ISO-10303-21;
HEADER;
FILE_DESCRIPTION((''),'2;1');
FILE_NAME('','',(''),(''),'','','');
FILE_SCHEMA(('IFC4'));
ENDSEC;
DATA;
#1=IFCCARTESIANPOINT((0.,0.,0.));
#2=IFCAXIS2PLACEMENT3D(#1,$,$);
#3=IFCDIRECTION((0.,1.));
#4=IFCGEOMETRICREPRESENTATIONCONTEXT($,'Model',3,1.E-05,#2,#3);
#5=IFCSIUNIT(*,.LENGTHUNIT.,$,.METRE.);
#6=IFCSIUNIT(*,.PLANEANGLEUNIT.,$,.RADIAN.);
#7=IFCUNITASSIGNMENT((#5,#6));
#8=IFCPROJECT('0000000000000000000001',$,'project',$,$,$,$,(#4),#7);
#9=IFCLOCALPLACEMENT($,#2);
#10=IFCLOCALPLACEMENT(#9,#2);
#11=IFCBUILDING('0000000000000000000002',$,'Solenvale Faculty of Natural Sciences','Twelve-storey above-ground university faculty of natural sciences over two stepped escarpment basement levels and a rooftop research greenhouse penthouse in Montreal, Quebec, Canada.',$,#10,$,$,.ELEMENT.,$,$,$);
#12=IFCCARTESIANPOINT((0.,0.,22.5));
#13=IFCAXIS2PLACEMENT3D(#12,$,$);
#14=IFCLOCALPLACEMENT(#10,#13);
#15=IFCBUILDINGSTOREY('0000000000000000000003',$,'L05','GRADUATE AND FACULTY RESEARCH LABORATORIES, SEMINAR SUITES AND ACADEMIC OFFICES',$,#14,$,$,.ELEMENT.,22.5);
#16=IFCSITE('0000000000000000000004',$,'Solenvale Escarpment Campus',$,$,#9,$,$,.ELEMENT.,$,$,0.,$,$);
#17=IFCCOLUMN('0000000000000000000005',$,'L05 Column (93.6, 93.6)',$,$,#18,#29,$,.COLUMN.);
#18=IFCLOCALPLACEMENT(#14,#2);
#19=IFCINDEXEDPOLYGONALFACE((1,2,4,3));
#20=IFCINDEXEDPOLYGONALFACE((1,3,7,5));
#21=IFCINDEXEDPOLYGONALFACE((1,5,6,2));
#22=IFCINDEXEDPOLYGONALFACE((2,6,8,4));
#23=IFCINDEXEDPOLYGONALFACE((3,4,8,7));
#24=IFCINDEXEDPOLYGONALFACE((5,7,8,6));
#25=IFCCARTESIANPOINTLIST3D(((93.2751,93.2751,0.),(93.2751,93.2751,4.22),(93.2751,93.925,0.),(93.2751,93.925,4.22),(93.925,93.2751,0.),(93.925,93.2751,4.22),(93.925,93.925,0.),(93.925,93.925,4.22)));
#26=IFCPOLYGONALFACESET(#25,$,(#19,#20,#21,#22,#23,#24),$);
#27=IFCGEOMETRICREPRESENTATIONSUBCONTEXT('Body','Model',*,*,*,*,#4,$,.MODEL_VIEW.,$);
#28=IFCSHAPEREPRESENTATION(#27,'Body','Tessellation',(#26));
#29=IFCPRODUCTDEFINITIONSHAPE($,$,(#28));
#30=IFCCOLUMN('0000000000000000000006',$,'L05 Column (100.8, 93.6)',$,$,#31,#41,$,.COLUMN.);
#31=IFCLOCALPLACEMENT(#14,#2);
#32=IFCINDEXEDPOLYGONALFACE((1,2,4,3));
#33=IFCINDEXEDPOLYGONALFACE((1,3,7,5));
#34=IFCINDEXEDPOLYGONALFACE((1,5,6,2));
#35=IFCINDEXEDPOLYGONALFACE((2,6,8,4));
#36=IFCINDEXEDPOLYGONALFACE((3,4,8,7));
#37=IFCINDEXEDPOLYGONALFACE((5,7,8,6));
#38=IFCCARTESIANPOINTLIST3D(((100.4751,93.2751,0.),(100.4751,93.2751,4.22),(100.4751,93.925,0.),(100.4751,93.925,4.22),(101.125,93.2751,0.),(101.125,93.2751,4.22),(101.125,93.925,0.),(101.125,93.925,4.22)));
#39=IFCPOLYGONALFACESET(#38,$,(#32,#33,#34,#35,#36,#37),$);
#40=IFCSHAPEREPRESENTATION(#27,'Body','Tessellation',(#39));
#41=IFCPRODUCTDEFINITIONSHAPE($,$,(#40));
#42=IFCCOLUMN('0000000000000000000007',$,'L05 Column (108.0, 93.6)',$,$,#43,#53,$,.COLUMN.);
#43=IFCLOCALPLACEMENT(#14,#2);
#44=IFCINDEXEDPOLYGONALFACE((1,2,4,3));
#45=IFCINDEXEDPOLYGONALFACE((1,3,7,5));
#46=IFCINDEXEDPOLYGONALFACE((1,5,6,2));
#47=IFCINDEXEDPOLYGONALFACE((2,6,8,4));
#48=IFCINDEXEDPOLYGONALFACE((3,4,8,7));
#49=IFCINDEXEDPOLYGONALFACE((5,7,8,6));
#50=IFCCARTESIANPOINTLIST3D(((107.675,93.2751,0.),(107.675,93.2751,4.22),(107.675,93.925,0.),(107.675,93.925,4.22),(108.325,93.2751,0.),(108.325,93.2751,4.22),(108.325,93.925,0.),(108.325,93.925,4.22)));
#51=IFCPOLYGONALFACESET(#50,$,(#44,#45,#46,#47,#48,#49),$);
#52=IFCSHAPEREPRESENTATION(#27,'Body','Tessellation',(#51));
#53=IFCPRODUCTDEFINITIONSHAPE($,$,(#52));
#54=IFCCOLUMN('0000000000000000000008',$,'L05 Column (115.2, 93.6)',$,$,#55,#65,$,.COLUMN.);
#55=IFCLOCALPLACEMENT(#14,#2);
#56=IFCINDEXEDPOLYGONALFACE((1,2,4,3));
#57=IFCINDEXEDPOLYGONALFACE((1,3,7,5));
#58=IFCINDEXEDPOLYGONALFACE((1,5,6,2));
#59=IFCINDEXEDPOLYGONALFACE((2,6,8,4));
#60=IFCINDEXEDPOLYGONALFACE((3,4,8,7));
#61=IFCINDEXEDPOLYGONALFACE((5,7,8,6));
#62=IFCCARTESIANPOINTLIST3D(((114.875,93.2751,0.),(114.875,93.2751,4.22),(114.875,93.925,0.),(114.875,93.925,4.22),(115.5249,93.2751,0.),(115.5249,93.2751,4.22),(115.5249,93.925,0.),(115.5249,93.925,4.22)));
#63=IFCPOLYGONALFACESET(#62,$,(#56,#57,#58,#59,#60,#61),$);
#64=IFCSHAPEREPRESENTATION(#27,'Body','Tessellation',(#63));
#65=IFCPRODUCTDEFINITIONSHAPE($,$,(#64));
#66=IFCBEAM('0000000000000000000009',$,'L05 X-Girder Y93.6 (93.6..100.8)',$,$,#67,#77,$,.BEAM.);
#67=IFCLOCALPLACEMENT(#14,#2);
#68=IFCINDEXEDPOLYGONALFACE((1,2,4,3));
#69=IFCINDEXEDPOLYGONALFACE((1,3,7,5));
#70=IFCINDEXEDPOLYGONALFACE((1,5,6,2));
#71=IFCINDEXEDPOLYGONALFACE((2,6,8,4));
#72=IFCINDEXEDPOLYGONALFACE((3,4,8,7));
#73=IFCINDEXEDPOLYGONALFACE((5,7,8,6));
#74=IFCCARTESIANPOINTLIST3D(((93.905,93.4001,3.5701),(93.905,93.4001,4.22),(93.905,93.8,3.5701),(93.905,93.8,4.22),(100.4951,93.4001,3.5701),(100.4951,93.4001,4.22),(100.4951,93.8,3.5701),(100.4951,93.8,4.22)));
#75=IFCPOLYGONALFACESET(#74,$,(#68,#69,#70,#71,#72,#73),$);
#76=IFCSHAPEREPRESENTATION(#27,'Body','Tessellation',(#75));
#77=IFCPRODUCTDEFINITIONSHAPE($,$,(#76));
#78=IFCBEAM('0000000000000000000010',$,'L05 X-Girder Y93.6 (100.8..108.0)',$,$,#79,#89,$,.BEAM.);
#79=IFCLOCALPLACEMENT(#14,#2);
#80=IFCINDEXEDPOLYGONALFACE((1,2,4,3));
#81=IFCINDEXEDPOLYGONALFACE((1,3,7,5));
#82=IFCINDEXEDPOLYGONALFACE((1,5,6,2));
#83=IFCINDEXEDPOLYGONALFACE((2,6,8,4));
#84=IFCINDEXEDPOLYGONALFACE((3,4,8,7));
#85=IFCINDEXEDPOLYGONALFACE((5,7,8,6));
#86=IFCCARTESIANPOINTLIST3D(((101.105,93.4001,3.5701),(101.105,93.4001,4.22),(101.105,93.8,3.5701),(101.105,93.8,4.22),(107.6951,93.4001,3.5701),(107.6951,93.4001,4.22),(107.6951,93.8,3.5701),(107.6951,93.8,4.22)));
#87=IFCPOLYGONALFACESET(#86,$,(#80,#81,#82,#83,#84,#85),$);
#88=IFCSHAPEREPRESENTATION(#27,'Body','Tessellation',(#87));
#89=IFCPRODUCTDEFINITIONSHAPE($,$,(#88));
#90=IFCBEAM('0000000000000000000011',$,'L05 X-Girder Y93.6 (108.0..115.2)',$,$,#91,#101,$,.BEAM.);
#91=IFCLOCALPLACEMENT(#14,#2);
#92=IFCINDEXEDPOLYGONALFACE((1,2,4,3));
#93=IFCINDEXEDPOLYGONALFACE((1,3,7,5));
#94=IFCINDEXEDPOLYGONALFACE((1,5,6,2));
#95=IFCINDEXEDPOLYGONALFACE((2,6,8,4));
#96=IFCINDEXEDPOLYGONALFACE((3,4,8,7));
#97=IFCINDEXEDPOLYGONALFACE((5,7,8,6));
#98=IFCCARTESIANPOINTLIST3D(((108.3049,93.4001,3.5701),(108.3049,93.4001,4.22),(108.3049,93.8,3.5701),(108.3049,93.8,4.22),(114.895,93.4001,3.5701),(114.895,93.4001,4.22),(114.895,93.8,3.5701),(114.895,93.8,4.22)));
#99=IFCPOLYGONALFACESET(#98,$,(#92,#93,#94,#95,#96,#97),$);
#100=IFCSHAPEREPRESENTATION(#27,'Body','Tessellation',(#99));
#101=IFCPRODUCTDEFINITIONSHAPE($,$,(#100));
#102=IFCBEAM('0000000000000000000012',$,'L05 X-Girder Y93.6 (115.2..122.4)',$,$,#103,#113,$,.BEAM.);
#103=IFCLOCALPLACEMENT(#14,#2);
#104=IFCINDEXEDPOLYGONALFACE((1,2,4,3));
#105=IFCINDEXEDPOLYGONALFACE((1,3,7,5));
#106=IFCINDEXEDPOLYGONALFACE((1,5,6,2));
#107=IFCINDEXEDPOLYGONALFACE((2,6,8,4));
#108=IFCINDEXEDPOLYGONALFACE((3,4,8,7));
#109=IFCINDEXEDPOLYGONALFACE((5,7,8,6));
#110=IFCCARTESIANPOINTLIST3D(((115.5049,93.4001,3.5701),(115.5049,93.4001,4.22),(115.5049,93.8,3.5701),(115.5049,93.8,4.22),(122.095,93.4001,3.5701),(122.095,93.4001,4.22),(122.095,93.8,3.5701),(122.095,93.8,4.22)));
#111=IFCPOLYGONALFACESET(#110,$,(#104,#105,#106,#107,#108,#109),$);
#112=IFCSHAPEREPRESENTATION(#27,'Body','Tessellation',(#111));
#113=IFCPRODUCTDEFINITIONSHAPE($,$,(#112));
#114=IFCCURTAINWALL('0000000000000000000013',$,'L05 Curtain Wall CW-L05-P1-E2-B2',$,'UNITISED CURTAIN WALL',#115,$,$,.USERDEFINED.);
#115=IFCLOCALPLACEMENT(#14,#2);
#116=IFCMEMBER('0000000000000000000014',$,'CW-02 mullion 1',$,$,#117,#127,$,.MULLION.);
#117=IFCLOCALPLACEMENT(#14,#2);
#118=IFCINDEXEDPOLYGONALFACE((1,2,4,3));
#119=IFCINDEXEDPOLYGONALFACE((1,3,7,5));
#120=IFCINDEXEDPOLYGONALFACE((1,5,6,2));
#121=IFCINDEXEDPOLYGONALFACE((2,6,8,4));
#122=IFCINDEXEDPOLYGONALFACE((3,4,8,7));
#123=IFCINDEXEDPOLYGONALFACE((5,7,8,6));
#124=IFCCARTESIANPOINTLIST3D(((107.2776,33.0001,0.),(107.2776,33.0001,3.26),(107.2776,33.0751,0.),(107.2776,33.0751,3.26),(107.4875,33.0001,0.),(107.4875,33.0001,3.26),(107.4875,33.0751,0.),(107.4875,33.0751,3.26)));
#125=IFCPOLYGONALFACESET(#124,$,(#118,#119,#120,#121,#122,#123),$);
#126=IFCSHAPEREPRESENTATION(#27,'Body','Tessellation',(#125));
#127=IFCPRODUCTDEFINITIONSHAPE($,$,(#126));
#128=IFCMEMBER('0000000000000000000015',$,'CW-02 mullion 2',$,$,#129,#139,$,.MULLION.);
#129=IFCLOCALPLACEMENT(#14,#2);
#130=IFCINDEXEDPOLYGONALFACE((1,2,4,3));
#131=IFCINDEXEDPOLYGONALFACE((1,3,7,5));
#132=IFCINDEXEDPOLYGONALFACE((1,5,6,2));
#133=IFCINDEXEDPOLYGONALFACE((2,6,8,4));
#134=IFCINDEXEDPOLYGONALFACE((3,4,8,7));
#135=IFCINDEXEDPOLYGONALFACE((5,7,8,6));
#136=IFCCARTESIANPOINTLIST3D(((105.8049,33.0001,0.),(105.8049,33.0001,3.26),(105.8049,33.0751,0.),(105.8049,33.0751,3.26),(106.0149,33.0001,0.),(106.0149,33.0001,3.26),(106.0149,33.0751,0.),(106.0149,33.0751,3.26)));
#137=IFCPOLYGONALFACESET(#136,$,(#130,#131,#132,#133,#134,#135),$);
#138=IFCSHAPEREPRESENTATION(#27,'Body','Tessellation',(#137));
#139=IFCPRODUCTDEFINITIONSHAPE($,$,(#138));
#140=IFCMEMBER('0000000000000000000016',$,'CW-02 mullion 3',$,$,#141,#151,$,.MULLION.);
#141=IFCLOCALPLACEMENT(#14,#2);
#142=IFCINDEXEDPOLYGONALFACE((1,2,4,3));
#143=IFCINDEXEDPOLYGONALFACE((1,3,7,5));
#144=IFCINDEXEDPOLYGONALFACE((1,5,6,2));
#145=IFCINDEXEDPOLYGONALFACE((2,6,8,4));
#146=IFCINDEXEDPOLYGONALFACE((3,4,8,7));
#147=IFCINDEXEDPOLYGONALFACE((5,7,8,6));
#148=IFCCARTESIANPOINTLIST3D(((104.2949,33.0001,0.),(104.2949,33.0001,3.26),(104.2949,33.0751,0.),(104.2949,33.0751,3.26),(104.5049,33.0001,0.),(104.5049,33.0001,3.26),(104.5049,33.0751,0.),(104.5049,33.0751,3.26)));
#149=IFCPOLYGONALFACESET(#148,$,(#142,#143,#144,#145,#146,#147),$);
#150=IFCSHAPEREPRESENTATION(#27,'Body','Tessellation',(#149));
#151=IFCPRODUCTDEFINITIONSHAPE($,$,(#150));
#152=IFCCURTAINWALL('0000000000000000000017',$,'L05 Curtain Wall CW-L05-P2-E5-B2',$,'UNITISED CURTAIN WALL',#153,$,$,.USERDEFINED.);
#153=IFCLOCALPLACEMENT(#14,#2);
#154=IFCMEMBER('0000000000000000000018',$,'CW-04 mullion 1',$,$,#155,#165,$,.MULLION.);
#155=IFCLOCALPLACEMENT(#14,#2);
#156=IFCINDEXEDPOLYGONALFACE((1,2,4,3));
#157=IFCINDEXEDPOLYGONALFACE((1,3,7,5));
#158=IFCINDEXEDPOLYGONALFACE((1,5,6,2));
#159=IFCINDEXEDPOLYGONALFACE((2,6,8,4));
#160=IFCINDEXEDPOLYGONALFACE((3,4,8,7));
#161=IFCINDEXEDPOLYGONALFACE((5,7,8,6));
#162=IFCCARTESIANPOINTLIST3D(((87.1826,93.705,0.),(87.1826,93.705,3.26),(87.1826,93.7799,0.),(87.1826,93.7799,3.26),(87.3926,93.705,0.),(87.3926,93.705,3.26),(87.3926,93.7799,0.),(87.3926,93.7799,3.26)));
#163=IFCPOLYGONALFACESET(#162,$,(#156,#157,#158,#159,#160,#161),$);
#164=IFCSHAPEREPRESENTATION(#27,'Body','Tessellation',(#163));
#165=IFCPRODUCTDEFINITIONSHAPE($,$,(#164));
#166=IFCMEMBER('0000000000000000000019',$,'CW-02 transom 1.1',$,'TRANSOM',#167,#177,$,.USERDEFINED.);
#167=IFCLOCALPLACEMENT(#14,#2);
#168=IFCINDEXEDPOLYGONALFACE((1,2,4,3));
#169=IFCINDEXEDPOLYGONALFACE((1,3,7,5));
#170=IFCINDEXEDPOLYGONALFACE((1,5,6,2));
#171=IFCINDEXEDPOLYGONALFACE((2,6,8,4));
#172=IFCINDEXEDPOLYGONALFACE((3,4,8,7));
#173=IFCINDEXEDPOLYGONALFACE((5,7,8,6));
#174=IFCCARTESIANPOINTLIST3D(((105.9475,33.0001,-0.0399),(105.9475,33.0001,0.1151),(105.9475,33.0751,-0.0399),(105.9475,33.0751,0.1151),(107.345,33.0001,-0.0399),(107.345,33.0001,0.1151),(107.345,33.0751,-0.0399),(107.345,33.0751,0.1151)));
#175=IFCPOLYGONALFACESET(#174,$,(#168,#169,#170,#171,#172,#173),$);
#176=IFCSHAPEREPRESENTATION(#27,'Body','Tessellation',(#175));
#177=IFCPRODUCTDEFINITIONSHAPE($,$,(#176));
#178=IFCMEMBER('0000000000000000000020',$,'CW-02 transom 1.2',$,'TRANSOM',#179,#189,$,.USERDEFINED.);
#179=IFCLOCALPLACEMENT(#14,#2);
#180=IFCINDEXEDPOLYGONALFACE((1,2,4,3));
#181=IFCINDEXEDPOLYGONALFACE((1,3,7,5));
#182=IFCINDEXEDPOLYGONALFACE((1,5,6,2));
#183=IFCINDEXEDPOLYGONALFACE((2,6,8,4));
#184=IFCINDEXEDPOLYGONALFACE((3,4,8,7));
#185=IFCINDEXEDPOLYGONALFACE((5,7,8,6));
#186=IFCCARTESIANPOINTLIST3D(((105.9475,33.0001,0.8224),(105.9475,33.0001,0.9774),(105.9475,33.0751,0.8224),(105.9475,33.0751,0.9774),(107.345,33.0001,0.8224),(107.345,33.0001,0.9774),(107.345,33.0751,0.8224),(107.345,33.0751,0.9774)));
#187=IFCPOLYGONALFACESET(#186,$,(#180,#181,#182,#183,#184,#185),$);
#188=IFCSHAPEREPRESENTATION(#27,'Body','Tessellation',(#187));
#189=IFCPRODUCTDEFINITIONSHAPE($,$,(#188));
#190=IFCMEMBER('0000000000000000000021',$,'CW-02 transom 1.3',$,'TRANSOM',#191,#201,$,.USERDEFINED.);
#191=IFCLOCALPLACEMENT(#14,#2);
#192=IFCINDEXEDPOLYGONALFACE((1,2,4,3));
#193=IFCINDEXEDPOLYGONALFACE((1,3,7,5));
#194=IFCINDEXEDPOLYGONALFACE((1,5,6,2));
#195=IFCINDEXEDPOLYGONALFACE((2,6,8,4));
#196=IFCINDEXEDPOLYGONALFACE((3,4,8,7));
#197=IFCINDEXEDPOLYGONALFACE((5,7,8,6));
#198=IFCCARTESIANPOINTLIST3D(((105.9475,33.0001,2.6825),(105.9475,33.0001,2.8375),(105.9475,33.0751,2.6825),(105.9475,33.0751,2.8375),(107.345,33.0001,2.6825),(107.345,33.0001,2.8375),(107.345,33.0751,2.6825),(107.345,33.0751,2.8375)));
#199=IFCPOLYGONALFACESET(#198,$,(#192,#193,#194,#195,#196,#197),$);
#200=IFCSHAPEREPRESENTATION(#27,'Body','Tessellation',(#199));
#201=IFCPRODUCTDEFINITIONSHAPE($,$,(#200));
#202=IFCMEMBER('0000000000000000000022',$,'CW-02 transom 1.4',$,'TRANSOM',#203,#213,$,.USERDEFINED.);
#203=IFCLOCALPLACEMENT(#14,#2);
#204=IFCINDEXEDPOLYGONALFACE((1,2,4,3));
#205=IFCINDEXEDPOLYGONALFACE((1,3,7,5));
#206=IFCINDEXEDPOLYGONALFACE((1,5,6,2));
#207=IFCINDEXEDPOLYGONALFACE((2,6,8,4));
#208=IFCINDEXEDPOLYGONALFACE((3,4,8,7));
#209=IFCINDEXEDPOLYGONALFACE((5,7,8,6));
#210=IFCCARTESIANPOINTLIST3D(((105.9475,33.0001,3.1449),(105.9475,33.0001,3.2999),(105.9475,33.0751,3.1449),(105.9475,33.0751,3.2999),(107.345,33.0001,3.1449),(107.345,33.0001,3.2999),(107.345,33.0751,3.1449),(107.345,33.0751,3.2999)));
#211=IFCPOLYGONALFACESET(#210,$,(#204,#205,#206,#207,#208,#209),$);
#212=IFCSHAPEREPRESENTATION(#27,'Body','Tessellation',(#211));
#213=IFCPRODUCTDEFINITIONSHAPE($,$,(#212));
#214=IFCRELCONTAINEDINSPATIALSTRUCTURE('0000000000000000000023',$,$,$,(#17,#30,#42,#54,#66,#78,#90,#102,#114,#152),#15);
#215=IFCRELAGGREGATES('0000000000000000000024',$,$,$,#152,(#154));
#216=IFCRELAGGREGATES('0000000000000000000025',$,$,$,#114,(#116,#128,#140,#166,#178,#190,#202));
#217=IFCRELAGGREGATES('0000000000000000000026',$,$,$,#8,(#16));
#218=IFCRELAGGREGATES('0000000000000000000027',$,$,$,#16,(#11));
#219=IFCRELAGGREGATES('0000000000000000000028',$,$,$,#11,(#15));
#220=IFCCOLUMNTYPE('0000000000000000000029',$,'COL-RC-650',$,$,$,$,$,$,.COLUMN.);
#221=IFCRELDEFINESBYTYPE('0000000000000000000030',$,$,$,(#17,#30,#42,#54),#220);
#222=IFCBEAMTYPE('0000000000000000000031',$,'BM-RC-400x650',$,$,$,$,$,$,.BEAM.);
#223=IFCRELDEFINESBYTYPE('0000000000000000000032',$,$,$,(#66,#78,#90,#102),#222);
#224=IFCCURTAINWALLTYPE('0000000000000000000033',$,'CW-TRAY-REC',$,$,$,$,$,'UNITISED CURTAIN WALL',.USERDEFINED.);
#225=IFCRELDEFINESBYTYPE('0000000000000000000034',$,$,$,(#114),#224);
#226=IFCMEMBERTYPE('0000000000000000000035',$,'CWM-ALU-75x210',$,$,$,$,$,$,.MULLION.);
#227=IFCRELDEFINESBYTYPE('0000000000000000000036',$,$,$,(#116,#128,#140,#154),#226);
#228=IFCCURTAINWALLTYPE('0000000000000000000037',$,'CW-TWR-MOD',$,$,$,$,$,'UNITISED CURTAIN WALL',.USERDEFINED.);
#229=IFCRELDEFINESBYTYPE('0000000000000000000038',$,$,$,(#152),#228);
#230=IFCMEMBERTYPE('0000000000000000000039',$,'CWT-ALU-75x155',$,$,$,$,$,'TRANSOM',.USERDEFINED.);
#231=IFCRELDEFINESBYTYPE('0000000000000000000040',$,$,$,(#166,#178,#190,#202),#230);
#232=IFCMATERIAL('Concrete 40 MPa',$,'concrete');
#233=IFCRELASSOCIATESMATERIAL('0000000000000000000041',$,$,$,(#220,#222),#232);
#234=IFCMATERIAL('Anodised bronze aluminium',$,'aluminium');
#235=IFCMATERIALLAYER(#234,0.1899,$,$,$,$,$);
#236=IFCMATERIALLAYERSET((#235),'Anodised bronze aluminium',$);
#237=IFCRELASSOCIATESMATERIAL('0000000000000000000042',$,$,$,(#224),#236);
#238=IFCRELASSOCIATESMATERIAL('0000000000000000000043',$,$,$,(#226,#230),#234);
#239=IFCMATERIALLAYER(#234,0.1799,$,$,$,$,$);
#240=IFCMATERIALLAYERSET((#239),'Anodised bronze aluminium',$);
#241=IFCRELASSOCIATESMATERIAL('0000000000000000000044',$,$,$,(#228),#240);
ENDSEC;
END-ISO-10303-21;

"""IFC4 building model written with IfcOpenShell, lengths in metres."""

from ifc_helpers import new_model, si_unit, direction, frame, origin, origin_2d, place, context, subcontext, project, spatial, rectangle, extrude, material, layer, layer_set, material_profile, profile_set, type_object, element, aggregate, save


model = new_model("IFC4")

# Units and contexts
model_context = context("Model", 3, precision=1e-05, world=origin(), true_north=direction((0.0, 1.0)))
body_context = subcontext(model_context, "Body", "Model", "MODEL_VIEW")
ifc_project = project(units=[si_unit("LENGTHUNIT", "METRE"), si_unit("PLANEANGLEUNIT", "RADIAN")], contexts=[model_context])

# Site, building, storey
site_placement = place(None, origin())
site = spatial("IfcSite", under=ifc_project, at=site_placement, Name="Solenvale Escarpment Campus", CompositionType="ELEMENT", RefElevation=0.0)
building_placement = place(site_placement, origin())
building = spatial("IfcBuilding", under=site, at=building_placement, Name="Solenvale Faculty of Natural Sciences", Description="Twelve-storey above-ground university faculty of natural sciences over two stepped escarpment basement levels and a rooftop research greenhouse penthouse in Montreal, Quebec, Canada.", CompositionType="ELEMENT")
storey_placement = place(building_placement, frame((0.0, 0.0, 22.5)))
storey = spatial("IfcBuildingStorey", under=building, at=storey_placement, Name="L05", Description="GRADUATE AND FACULTY RESEARCH LABORATORIES, SEMINAR SUITES AND ACADEMIC OFFICES", CompositionType="ELEMENT", Elevation=22.5)

# Columns
ifc_material_1 = material(Name="Concrete 40 MPa", Category="concrete")
ifc_material_profile_1 = material_profile(ifc_material_1, rectangle(XDim=0.6499, YDim=0.6499, at=origin_2d()), Name="RC-COL-650x650")
ifc_profile_set_1 = profile_set([ifc_material_profile_1], Name="Concrete 40 MPa")
column_type = type_object("IfcColumnType", Name="COL-RC-650", PredefinedType="COLUMN", material=ifc_profile_set_1)
for number, where, z_axis, x_axis, name in (
    (1, (93.6001, 93.6001, 0.0), (0.0, 0.0, 1.0), (1.0, 0.0, 0.0), "L05 Column (93.6, 93.6)"),
    (2, (100.8, 93.6001, 0.0), (0.0, 0.0, 1.0), (1.0, 0.0, 0.0), "L05 Column (100.8, 93.6)"),
    (3, (108.0, 93.6001, 0.0), (0.0, 0.0, 1.0), (1.0, 0.0, 0.0), "L05 Column (108.0, 93.6)"),
    (4, (115.2, 93.6001, 0.0), (0.0, 0.0, 1.0), (1.0, 0.0, 0.0), "L05 Column (115.2, 93.6)"),
):
    element("IfcColumn", number, at=place(storey_placement, frame(where, z_axis=z_axis, x_axis=x_axis)), inside=storey, type_object=column_type, Name=name, PredefinedType="COLUMN", context=body_context, shape_type="SweptSolid", body=[
        extrude(rectangle(XDim=0.6499, YDim=0.6499, at=origin_2d()), origin(), (0.0, 0.0, 1.0), 4.22),
    ])

# Beams
ifc_material_profile_2 = material_profile(ifc_material_1, rectangle(XDim=0.3999, YDim=0.6499, at=origin_2d()), Name="RC-BM-400x650")
ifc_profile_set_2 = profile_set([ifc_material_profile_2], Name="Concrete 40 MPa")
beam_type = type_object("IfcBeamType", Name="BM-RC-400x650", PredefinedType="BEAM", material=ifc_profile_set_2)
for number, where, z_axis, x_axis, name in (
    (5, (93.905, 93.6001, 3.895), (1.0, 0.0, 0.0), (0.0, 1.0, 0.0), "L05 X-Girder Y93.6 (93.6..100.8)"),
    (6, (101.105, 93.6001, 3.895), (1.0, 0.0, 0.0), (0.0, 1.0, 0.0), "L05 X-Girder Y93.6 (100.8..108.0)"),
    (7, (108.3049, 93.6001, 3.895), (1.0, 0.0, 0.0), (0.0, 1.0, 0.0), "L05 X-Girder Y93.6 (108.0..115.2)"),
    (8, (115.5049, 93.6001, 3.895), (1.0, 0.0, 0.0), (0.0, 1.0, 0.0), "L05 X-Girder Y93.6 (115.2..122.4)"),
):
    element("IfcBeam", number, at=place(storey_placement, frame(where, z_axis=z_axis, x_axis=x_axis)), inside=storey, type_object=beam_type, Name=name, PredefinedType="BEAM", context=body_context, shape_type="SweptSolid", body=[
        extrude(rectangle(XDim=0.3999, YDim=0.6499, at=origin_2d()), origin(), (0.0, 0.0, 1.0), 6.5901),
    ])

# Curtain wall, members
ifc_material_2 = material(Name="Anodised bronze aluminium", Category="aluminium")
ifc_layer_1 = layer(ifc_material_2, 0.1899)
ifc_layer_set_1 = layer_set([ifc_layer_1], Name="Anodised bronze aluminium")
curtain_wall_type_1 = type_object("IfcCurtainWallType", Name="CW-TRAY-REC", ElementType="UNITISED CURTAIN WALL", PredefinedType="USERDEFINED", material=ifc_layer_set_1)
curtain_wall_1_placement = place(storey_placement, origin())
curtain_wall_1 = element("IfcCurtainWall", 9, at=curtain_wall_1_placement, inside=storey, type_object=curtain_wall_type_1, Name="L05 Curtain Wall CW-L05-P1-E2-B2", ObjectType="UNITISED CURTAIN WALL", PredefinedType="USERDEFINED")
ifc_material_profile_3 = material_profile(ifc_material_2, rectangle(XDim=0.075, YDim=0.21, at=origin_2d()), Name="ALU-MUL-75x210")
ifc_profile_set_3 = profile_set([ifc_material_profile_3], Name="Anodised bronze aluminium")
member_type_1 = type_object("IfcMemberType", Name="CWM-ALU-75x210", PredefinedType="MULLION", material=ifc_profile_set_3)
member_1_placement = place(storey_placement, frame((107.3826, 33.0376, 0.0), z_axis=(0.0, 0.0, 1.0), x_axis=(0.0, -1.0, 0.0)))
member_1 = element("IfcMember", 10, at=member_1_placement, type_object=member_type_1, Name="CW-02 mullion 1", PredefinedType="MULLION", context=body_context, shape_type="SweptSolid", body=[
    extrude(rectangle(XDim=0.075, YDim=0.21, at=origin_2d()), origin(), (0.0, 0.0, 1.0), 3.26),
])
member_2_placement = place(storey_placement, frame((105.9099, 33.0376, 0.0), z_axis=(0.0, 0.0, 1.0), x_axis=(0.0, -1.0, 0.0)))
member_2 = element("IfcMember", 11, at=member_2_placement, type_object=member_type_1, Name="CW-02 mullion 2", PredefinedType="MULLION", context=body_context, shape_type="SweptSolid", body=[
    extrude(rectangle(XDim=0.075, YDim=0.21, at=origin_2d()), origin(), (0.0, 0.0, 1.0), 3.26),
])
member_3_placement = place(storey_placement, frame((104.3999, 33.0376, 0.0), z_axis=(0.0, 0.0, 1.0), x_axis=(0.0, -1.0, 0.0)))
member_3 = element("IfcMember", 12, at=member_3_placement, type_object=member_type_1, Name="CW-02 mullion 3", PredefinedType="MULLION", context=body_context, shape_type="SweptSolid", body=[
    extrude(rectangle(XDim=0.075, YDim=0.21, at=origin_2d()), origin(), (0.0, 0.0, 1.0), 3.26),
])

# Curtain wall, member
ifc_layer_2 = layer(ifc_material_2, 0.1799)
ifc_layer_set_2 = layer_set([ifc_layer_2], Name="Anodised bronze aluminium")
curtain_wall_type_2 = type_object("IfcCurtainWallType", Name="CW-TWR-MOD", ElementType="UNITISED CURTAIN WALL", PredefinedType="USERDEFINED", material=ifc_layer_set_2)
curtain_wall_2_placement = place(storey_placement, origin())
curtain_wall_2 = element("IfcCurtainWall", 13, at=curtain_wall_2_placement, inside=storey, type_object=curtain_wall_type_2, Name="L05 Curtain Wall CW-L05-P2-E5-B2", ObjectType="UNITISED CURTAIN WALL", PredefinedType="USERDEFINED")
member_4_placement = place(storey_placement, frame((87.2876, 93.7424, 0.0), z_axis=(0.0, 0.0, 1.0), x_axis=(0.0, 1.0, 0.0)))
member_4 = element("IfcMember", 14, at=member_4_placement, type_object=member_type_1, Name="CW-04 mullion 1", PredefinedType="MULLION", context=body_context, shape_type="SweptSolid", body=[
    extrude(rectangle(XDim=0.075, YDim=0.21, at=origin_2d()), origin(), (0.0, 0.0, 1.0), 3.26),
])
aggregate(curtain_wall_2, [member_4])

# Members
ifc_material_profile_4 = material_profile(ifc_material_2, rectangle(XDim=0.075, YDim=0.155, at=origin_2d()), Name="ALU-TRN-75x155")
ifc_profile_set_4 = profile_set([ifc_material_profile_4], Name="Anodised bronze aluminium")
member_type_2 = type_object("IfcMemberType", Name="CWT-ALU-75x155", ElementType="TRANSOM", PredefinedType="USERDEFINED", material=ifc_profile_set_4)
member_5_placement = place(storey_placement, frame((107.345, 33.0376, 0.0376), z_axis=(-1.0, 0.0, 0.0), x_axis=(0.0, -1.0, 0.0)))
member_5 = element("IfcMember", 15, at=member_5_placement, type_object=member_type_2, Name="CW-02 transom 1.1", ObjectType="TRANSOM", PredefinedType="USERDEFINED", context=body_context, shape_type="SweptSolid", body=[
    extrude(rectangle(XDim=0.075, YDim=0.155, at=origin_2d()), origin(), (0.0, 0.0, 1.0), 1.3975),
])
member_6_placement = place(storey_placement, frame((107.345, 33.0376, 0.8999), z_axis=(-1.0, 0.0, 0.0), x_axis=(0.0, -1.0, 0.0)))
member_6 = element("IfcMember", 16, at=member_6_placement, type_object=member_type_2, Name="CW-02 transom 1.2", ObjectType="TRANSOM", PredefinedType="USERDEFINED", context=body_context, shape_type="SweptSolid", body=[
    extrude(rectangle(XDim=0.075, YDim=0.155, at=origin_2d()), origin(), (0.0, 0.0, 1.0), 1.3975),
])
member_7_placement = place(storey_placement, frame((107.345, 33.0376, 2.76), z_axis=(-1.0, 0.0, 0.0), x_axis=(0.0, -1.0, 0.0)))
member_7 = element("IfcMember", 17, at=member_7_placement, type_object=member_type_2, Name="CW-02 transom 1.3", ObjectType="TRANSOM", PredefinedType="USERDEFINED", context=body_context, shape_type="SweptSolid", body=[
    extrude(rectangle(XDim=0.075, YDim=0.155, at=origin_2d()), origin(), (0.0, 0.0, 1.0), 1.3975),
])
member_8_placement = place(storey_placement, frame((107.345, 33.0376, 3.2224), z_axis=(-1.0, 0.0, 0.0), x_axis=(0.0, -1.0, 0.0)))
member_8 = element("IfcMember", 18, at=member_8_placement, type_object=member_type_2, Name="CW-02 transom 1.4", ObjectType="TRANSOM", PredefinedType="USERDEFINED", context=body_context, shape_type="SweptSolid", body=[
    extrude(rectangle(XDim=0.075, YDim=0.155, at=origin_2d()), origin(), (0.0, 0.0, 1.0), 1.3975),
])

aggregate(curtain_wall_1, [member_1, member_2, member_3, member_5, member_6, member_7, member_8])

save(model, "model.ifc")
